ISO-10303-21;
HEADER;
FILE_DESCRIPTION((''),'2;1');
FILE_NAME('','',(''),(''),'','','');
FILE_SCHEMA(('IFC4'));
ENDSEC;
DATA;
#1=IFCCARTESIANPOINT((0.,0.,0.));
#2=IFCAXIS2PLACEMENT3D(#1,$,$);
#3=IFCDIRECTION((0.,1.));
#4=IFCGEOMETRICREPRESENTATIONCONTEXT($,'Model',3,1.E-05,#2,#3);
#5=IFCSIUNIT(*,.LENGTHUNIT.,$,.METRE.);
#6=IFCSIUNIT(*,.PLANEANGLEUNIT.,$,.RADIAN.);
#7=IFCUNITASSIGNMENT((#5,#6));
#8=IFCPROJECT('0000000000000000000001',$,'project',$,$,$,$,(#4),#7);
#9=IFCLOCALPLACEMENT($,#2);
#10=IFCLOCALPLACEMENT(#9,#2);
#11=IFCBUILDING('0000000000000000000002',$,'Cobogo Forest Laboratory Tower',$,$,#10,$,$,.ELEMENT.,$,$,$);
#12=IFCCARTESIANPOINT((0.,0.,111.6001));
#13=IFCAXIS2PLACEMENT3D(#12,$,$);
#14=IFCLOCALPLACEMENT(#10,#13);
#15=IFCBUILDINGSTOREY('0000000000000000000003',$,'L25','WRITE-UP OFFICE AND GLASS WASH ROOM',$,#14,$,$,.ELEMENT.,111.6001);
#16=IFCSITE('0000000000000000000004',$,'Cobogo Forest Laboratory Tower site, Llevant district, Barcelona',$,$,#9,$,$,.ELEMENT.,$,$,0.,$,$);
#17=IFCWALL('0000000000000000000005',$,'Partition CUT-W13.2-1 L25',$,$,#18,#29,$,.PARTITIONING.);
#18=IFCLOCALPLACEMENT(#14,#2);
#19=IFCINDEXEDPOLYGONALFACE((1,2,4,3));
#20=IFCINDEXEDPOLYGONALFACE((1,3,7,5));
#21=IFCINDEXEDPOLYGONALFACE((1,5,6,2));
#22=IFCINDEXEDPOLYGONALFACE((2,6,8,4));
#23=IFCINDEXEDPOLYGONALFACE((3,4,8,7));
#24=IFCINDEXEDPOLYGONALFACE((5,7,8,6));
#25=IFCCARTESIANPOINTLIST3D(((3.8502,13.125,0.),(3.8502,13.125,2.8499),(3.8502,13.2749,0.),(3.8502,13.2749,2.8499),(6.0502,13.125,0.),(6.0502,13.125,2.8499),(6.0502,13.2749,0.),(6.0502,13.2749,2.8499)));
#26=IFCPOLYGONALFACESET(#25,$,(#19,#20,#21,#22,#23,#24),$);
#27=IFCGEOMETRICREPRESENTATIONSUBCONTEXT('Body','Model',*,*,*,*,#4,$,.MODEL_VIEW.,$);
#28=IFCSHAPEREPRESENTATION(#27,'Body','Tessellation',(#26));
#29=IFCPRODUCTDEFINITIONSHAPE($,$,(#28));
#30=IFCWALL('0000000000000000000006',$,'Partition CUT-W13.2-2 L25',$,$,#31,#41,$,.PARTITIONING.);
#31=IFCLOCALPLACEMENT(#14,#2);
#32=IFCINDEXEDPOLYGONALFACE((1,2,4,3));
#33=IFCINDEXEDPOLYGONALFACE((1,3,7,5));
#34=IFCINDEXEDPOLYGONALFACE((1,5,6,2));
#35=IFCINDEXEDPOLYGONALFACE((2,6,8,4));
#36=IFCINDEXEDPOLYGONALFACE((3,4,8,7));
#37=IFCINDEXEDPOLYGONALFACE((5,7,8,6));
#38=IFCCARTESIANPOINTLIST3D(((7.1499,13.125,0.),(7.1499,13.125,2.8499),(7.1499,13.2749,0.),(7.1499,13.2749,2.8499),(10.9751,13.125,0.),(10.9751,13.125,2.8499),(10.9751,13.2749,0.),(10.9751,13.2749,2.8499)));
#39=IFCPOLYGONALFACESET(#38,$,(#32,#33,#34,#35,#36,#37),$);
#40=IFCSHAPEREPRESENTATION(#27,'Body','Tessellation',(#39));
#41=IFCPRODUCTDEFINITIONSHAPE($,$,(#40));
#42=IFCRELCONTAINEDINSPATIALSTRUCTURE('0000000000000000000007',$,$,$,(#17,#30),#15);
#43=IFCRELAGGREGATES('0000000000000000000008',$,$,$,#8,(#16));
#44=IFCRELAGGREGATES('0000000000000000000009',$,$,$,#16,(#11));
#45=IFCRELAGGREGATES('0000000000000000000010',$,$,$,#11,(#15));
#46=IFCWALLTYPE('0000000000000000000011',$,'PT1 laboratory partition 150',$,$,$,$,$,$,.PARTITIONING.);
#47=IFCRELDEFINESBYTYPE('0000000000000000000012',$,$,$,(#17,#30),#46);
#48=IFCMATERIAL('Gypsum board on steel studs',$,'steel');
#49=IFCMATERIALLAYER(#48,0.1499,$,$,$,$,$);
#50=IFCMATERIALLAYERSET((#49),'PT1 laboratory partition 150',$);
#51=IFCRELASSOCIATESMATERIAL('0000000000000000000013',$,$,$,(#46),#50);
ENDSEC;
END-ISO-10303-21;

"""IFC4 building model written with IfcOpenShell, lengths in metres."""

from ifc_helpers import new_model, si_unit, direction, frame, frame_2d, origin, place, context, subcontext, project, spatial, rectangle, extrude, material, layer, layer_set, type_object, element, save


model = new_model("IFC4")

# Units and contexts
model_context = context("Model", 3, precision=1e-05, world=origin(), true_north=direction((0.0, 1.0)))
body_context = subcontext(model_context, "Body", "Model", "MODEL_VIEW")
ifc_project = project(units=[si_unit("LENGTHUNIT", "METRE"), si_unit("PLANEANGLEUNIT", "RADIAN")], contexts=[model_context])

# Site, building, storey
site_placement = place(None, origin())
site = spatial("IfcSite", under=ifc_project, at=site_placement, Name="Cobogo Forest Laboratory Tower site, Llevant district, Barcelona", CompositionType="ELEMENT", RefElevation=0.0)
building_placement = place(site_placement, origin())
building = spatial("IfcBuilding", under=site, at=building_placement, Name="Cobogo Forest Laboratory Tower", CompositionType="ELEMENT")
storey_placement = place(building_placement, frame((0.0, 0.0, 111.6001)))
storey = spatial("IfcBuildingStorey", under=building, at=storey_placement, Name="L25", Description="WRITE-UP OFFICE AND GLASS WASH ROOM", CompositionType="ELEMENT", Elevation=111.6001)

# Walls
ifc_material_1 = material(Name="Gypsum board on steel studs", Category="steel")
ifc_layer_1 = layer(ifc_material_1, 0.1499)
ifc_layer_set_1 = layer_set([ifc_layer_1], Name="PT1 laboratory partition 150")
wall_type = type_object("IfcWallType", Name="PT1 laboratory partition 150", PredefinedType="PARTITIONING", material=ifc_layer_set_1)
wall_1_placement = place(storey_placement, frame((3.8501, 13.2, 0.0), z_axis=(0.0, 0.0, 1.0), x_axis=(1.0, 0.0, 0.0)))
element("IfcWall", 1, at=wall_1_placement, inside=storey, type_object=wall_type, Name="Partition CUT-W13.2-1 L25", PredefinedType="PARTITIONING", context=body_context, shape_type="SweptSolid", body=[
    extrude(rectangle(XDim=2.2, YDim=0.1499, at=frame_2d((1.1001, 0.0))), origin(), (0.0, 0.0, 1.0), 2.8499),
])
wall_2_placement = place(storey_placement, frame((7.1499, 13.2, 0.0), z_axis=(0.0, 0.0, 1.0), x_axis=(1.0, 0.0, 0.0)))
element("IfcWall", 2, at=wall_2_placement, inside=storey, type_object=wall_type, Name="Partition CUT-W13.2-2 L25", PredefinedType="PARTITIONING", context=body_context, shape_type="SweptSolid", body=[
    extrude(rectangle(XDim=3.8252, YDim=0.1499, at=frame_2d((1.9126, 0.0))), origin(), (0.0, 0.0, 1.0), 2.8499),
])

save(model, "model.ifc")
